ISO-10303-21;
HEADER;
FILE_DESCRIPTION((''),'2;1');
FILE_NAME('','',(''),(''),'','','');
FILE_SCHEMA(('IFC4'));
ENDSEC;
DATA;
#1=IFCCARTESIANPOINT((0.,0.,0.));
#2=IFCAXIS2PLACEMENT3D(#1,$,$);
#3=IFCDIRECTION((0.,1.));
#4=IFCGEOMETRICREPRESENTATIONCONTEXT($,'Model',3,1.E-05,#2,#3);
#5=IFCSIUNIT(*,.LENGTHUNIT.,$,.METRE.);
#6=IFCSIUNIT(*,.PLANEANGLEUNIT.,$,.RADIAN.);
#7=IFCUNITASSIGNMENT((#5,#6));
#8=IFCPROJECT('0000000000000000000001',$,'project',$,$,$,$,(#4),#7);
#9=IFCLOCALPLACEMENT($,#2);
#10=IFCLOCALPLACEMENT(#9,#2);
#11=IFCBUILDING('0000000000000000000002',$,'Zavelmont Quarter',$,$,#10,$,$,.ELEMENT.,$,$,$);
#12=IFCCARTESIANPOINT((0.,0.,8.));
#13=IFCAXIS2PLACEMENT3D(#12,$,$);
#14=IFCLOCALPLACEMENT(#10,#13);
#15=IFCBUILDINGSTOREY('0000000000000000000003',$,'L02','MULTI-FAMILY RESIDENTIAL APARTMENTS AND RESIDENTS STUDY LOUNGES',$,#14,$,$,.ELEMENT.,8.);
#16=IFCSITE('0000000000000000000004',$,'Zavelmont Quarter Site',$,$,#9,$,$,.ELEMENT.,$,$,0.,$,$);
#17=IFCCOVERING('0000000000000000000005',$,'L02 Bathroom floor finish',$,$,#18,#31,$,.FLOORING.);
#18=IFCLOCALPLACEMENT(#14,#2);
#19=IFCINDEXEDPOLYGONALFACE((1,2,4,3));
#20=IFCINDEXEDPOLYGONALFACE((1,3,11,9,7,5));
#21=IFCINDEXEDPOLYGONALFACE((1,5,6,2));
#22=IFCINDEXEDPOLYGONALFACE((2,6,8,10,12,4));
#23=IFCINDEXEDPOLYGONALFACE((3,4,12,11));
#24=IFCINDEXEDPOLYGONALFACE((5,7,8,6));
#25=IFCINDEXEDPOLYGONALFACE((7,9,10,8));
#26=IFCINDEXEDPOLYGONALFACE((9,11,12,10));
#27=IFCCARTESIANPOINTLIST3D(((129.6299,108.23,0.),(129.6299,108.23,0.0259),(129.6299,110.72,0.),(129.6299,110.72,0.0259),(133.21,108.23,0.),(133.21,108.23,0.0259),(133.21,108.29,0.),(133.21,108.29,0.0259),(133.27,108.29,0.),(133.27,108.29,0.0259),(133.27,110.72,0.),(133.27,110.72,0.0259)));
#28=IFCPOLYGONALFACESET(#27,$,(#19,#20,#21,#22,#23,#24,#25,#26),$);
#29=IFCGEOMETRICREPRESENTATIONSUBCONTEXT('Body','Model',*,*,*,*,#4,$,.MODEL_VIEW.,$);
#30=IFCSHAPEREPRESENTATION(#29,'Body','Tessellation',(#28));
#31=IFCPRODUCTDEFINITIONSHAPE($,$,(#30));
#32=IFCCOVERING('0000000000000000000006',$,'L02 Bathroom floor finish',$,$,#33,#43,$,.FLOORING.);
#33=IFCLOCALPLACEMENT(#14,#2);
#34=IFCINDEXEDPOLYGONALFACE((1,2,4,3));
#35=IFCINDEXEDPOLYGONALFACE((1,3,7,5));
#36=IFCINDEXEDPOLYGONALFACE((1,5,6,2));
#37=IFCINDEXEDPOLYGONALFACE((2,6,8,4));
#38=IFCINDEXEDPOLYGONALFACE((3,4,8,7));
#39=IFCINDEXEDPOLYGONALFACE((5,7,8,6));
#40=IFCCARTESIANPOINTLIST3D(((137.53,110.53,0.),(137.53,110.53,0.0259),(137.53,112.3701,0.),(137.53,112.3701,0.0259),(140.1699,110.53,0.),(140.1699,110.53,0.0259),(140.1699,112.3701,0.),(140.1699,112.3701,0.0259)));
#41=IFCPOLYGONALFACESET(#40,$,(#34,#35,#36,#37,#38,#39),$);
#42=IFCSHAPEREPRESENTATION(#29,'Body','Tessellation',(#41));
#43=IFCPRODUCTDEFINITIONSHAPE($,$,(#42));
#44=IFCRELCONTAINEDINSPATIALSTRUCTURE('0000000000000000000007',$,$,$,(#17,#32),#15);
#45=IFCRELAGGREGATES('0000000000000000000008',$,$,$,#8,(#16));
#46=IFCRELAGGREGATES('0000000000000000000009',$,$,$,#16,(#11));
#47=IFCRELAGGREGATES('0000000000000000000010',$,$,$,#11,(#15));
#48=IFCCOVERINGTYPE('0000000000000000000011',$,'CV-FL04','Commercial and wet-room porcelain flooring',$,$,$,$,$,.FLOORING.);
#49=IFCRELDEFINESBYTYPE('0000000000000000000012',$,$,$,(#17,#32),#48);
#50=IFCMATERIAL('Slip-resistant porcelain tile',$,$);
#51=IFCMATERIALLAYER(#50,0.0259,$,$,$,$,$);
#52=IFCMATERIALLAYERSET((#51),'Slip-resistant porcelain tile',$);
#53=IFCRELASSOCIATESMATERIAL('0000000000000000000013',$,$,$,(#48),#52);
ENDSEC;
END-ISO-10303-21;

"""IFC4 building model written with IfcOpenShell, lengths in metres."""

from ifc_helpers import new_model, si_unit, direction, frame, origin, place, context, subcontext, project, spatial, polyline, outline, extrude, material, layer, layer_set, type_object, element, save


model = new_model("IFC4")

# Units and contexts
model_context = context("Model", 3, precision=1e-05, world=origin(), true_north=direction((0.0, 1.0)))
body_context = subcontext(model_context, "Body", "Model", "MODEL_VIEW")
ifc_project = project(units=[si_unit("LENGTHUNIT", "METRE"), si_unit("PLANEANGLEUNIT", "RADIAN")], contexts=[model_context])

# Site, building, storey
site_placement = place(None, origin())
site = spatial("IfcSite", under=ifc_project, at=site_placement, Name="Zavelmont Quarter Site", CompositionType="ELEMENT", RefElevation=0.0)
building_placement = place(site_placement, origin())
building = spatial("IfcBuilding", under=site, at=building_placement, Name="Zavelmont Quarter", CompositionType="ELEMENT")
storey_placement = place(building_placement, frame((0.0, 0.0, 8.0)))
storey = spatial("IfcBuildingStorey", under=building, at=storey_placement, Name="L02", Description="MULTI-FAMILY RESIDENTIAL APARTMENTS AND RESIDENTS STUDY LOUNGES", CompositionType="ELEMENT", Elevation=8.0)

# Coverings
ifc_material_1 = material(Name="Slip-resistant porcelain tile")
ifc_layer_1 = layer(ifc_material_1, 0.0259)
ifc_layer_set_1 = layer_set([ifc_layer_1], Name="Slip-resistant porcelain tile")
covering_type_1 = type_object("IfcCoveringType", Name="CV-FL04", Description="Commercial and wet-room porcelain flooring", PredefinedType="FLOORING", material=ifc_layer_set_1)
covering_1_placement = place(storey_placement, origin())
element("IfcCovering", 1, at=covering_1_placement, inside=storey, type_object=covering_type_1, Name="L02 Bathroom floor finish", PredefinedType="FLOORING", context=body_context, shape_type="SweptSolid", body=[
    extrude(outline(polyline([(129.6299, 110.72), (133.27, 110.72), (133.27, 108.29), (133.21, 108.29), (133.21, 108.23), (129.6299, 108.23), (129.6299, 110.72)])), origin(), (0.0, 0.0, 1.0), 0.0259),
])
covering_2_placement = place(storey_placement, origin())
element("IfcCovering", 2, at=covering_2_placement, inside=storey, type_object=covering_type_1, Name="L02 Bathroom floor finish", PredefinedType="FLOORING", context=body_context, shape_type="SweptSolid", body=[
    extrude(outline(polyline([(137.53, 112.3701), (140.1699, 112.3701), (140.1699, 110.53), (137.53, 110.53), (137.53, 112.3701)])), origin(), (0.0, 0.0, 1.0), 0.0259),
])

save(model, "model.ifc")
